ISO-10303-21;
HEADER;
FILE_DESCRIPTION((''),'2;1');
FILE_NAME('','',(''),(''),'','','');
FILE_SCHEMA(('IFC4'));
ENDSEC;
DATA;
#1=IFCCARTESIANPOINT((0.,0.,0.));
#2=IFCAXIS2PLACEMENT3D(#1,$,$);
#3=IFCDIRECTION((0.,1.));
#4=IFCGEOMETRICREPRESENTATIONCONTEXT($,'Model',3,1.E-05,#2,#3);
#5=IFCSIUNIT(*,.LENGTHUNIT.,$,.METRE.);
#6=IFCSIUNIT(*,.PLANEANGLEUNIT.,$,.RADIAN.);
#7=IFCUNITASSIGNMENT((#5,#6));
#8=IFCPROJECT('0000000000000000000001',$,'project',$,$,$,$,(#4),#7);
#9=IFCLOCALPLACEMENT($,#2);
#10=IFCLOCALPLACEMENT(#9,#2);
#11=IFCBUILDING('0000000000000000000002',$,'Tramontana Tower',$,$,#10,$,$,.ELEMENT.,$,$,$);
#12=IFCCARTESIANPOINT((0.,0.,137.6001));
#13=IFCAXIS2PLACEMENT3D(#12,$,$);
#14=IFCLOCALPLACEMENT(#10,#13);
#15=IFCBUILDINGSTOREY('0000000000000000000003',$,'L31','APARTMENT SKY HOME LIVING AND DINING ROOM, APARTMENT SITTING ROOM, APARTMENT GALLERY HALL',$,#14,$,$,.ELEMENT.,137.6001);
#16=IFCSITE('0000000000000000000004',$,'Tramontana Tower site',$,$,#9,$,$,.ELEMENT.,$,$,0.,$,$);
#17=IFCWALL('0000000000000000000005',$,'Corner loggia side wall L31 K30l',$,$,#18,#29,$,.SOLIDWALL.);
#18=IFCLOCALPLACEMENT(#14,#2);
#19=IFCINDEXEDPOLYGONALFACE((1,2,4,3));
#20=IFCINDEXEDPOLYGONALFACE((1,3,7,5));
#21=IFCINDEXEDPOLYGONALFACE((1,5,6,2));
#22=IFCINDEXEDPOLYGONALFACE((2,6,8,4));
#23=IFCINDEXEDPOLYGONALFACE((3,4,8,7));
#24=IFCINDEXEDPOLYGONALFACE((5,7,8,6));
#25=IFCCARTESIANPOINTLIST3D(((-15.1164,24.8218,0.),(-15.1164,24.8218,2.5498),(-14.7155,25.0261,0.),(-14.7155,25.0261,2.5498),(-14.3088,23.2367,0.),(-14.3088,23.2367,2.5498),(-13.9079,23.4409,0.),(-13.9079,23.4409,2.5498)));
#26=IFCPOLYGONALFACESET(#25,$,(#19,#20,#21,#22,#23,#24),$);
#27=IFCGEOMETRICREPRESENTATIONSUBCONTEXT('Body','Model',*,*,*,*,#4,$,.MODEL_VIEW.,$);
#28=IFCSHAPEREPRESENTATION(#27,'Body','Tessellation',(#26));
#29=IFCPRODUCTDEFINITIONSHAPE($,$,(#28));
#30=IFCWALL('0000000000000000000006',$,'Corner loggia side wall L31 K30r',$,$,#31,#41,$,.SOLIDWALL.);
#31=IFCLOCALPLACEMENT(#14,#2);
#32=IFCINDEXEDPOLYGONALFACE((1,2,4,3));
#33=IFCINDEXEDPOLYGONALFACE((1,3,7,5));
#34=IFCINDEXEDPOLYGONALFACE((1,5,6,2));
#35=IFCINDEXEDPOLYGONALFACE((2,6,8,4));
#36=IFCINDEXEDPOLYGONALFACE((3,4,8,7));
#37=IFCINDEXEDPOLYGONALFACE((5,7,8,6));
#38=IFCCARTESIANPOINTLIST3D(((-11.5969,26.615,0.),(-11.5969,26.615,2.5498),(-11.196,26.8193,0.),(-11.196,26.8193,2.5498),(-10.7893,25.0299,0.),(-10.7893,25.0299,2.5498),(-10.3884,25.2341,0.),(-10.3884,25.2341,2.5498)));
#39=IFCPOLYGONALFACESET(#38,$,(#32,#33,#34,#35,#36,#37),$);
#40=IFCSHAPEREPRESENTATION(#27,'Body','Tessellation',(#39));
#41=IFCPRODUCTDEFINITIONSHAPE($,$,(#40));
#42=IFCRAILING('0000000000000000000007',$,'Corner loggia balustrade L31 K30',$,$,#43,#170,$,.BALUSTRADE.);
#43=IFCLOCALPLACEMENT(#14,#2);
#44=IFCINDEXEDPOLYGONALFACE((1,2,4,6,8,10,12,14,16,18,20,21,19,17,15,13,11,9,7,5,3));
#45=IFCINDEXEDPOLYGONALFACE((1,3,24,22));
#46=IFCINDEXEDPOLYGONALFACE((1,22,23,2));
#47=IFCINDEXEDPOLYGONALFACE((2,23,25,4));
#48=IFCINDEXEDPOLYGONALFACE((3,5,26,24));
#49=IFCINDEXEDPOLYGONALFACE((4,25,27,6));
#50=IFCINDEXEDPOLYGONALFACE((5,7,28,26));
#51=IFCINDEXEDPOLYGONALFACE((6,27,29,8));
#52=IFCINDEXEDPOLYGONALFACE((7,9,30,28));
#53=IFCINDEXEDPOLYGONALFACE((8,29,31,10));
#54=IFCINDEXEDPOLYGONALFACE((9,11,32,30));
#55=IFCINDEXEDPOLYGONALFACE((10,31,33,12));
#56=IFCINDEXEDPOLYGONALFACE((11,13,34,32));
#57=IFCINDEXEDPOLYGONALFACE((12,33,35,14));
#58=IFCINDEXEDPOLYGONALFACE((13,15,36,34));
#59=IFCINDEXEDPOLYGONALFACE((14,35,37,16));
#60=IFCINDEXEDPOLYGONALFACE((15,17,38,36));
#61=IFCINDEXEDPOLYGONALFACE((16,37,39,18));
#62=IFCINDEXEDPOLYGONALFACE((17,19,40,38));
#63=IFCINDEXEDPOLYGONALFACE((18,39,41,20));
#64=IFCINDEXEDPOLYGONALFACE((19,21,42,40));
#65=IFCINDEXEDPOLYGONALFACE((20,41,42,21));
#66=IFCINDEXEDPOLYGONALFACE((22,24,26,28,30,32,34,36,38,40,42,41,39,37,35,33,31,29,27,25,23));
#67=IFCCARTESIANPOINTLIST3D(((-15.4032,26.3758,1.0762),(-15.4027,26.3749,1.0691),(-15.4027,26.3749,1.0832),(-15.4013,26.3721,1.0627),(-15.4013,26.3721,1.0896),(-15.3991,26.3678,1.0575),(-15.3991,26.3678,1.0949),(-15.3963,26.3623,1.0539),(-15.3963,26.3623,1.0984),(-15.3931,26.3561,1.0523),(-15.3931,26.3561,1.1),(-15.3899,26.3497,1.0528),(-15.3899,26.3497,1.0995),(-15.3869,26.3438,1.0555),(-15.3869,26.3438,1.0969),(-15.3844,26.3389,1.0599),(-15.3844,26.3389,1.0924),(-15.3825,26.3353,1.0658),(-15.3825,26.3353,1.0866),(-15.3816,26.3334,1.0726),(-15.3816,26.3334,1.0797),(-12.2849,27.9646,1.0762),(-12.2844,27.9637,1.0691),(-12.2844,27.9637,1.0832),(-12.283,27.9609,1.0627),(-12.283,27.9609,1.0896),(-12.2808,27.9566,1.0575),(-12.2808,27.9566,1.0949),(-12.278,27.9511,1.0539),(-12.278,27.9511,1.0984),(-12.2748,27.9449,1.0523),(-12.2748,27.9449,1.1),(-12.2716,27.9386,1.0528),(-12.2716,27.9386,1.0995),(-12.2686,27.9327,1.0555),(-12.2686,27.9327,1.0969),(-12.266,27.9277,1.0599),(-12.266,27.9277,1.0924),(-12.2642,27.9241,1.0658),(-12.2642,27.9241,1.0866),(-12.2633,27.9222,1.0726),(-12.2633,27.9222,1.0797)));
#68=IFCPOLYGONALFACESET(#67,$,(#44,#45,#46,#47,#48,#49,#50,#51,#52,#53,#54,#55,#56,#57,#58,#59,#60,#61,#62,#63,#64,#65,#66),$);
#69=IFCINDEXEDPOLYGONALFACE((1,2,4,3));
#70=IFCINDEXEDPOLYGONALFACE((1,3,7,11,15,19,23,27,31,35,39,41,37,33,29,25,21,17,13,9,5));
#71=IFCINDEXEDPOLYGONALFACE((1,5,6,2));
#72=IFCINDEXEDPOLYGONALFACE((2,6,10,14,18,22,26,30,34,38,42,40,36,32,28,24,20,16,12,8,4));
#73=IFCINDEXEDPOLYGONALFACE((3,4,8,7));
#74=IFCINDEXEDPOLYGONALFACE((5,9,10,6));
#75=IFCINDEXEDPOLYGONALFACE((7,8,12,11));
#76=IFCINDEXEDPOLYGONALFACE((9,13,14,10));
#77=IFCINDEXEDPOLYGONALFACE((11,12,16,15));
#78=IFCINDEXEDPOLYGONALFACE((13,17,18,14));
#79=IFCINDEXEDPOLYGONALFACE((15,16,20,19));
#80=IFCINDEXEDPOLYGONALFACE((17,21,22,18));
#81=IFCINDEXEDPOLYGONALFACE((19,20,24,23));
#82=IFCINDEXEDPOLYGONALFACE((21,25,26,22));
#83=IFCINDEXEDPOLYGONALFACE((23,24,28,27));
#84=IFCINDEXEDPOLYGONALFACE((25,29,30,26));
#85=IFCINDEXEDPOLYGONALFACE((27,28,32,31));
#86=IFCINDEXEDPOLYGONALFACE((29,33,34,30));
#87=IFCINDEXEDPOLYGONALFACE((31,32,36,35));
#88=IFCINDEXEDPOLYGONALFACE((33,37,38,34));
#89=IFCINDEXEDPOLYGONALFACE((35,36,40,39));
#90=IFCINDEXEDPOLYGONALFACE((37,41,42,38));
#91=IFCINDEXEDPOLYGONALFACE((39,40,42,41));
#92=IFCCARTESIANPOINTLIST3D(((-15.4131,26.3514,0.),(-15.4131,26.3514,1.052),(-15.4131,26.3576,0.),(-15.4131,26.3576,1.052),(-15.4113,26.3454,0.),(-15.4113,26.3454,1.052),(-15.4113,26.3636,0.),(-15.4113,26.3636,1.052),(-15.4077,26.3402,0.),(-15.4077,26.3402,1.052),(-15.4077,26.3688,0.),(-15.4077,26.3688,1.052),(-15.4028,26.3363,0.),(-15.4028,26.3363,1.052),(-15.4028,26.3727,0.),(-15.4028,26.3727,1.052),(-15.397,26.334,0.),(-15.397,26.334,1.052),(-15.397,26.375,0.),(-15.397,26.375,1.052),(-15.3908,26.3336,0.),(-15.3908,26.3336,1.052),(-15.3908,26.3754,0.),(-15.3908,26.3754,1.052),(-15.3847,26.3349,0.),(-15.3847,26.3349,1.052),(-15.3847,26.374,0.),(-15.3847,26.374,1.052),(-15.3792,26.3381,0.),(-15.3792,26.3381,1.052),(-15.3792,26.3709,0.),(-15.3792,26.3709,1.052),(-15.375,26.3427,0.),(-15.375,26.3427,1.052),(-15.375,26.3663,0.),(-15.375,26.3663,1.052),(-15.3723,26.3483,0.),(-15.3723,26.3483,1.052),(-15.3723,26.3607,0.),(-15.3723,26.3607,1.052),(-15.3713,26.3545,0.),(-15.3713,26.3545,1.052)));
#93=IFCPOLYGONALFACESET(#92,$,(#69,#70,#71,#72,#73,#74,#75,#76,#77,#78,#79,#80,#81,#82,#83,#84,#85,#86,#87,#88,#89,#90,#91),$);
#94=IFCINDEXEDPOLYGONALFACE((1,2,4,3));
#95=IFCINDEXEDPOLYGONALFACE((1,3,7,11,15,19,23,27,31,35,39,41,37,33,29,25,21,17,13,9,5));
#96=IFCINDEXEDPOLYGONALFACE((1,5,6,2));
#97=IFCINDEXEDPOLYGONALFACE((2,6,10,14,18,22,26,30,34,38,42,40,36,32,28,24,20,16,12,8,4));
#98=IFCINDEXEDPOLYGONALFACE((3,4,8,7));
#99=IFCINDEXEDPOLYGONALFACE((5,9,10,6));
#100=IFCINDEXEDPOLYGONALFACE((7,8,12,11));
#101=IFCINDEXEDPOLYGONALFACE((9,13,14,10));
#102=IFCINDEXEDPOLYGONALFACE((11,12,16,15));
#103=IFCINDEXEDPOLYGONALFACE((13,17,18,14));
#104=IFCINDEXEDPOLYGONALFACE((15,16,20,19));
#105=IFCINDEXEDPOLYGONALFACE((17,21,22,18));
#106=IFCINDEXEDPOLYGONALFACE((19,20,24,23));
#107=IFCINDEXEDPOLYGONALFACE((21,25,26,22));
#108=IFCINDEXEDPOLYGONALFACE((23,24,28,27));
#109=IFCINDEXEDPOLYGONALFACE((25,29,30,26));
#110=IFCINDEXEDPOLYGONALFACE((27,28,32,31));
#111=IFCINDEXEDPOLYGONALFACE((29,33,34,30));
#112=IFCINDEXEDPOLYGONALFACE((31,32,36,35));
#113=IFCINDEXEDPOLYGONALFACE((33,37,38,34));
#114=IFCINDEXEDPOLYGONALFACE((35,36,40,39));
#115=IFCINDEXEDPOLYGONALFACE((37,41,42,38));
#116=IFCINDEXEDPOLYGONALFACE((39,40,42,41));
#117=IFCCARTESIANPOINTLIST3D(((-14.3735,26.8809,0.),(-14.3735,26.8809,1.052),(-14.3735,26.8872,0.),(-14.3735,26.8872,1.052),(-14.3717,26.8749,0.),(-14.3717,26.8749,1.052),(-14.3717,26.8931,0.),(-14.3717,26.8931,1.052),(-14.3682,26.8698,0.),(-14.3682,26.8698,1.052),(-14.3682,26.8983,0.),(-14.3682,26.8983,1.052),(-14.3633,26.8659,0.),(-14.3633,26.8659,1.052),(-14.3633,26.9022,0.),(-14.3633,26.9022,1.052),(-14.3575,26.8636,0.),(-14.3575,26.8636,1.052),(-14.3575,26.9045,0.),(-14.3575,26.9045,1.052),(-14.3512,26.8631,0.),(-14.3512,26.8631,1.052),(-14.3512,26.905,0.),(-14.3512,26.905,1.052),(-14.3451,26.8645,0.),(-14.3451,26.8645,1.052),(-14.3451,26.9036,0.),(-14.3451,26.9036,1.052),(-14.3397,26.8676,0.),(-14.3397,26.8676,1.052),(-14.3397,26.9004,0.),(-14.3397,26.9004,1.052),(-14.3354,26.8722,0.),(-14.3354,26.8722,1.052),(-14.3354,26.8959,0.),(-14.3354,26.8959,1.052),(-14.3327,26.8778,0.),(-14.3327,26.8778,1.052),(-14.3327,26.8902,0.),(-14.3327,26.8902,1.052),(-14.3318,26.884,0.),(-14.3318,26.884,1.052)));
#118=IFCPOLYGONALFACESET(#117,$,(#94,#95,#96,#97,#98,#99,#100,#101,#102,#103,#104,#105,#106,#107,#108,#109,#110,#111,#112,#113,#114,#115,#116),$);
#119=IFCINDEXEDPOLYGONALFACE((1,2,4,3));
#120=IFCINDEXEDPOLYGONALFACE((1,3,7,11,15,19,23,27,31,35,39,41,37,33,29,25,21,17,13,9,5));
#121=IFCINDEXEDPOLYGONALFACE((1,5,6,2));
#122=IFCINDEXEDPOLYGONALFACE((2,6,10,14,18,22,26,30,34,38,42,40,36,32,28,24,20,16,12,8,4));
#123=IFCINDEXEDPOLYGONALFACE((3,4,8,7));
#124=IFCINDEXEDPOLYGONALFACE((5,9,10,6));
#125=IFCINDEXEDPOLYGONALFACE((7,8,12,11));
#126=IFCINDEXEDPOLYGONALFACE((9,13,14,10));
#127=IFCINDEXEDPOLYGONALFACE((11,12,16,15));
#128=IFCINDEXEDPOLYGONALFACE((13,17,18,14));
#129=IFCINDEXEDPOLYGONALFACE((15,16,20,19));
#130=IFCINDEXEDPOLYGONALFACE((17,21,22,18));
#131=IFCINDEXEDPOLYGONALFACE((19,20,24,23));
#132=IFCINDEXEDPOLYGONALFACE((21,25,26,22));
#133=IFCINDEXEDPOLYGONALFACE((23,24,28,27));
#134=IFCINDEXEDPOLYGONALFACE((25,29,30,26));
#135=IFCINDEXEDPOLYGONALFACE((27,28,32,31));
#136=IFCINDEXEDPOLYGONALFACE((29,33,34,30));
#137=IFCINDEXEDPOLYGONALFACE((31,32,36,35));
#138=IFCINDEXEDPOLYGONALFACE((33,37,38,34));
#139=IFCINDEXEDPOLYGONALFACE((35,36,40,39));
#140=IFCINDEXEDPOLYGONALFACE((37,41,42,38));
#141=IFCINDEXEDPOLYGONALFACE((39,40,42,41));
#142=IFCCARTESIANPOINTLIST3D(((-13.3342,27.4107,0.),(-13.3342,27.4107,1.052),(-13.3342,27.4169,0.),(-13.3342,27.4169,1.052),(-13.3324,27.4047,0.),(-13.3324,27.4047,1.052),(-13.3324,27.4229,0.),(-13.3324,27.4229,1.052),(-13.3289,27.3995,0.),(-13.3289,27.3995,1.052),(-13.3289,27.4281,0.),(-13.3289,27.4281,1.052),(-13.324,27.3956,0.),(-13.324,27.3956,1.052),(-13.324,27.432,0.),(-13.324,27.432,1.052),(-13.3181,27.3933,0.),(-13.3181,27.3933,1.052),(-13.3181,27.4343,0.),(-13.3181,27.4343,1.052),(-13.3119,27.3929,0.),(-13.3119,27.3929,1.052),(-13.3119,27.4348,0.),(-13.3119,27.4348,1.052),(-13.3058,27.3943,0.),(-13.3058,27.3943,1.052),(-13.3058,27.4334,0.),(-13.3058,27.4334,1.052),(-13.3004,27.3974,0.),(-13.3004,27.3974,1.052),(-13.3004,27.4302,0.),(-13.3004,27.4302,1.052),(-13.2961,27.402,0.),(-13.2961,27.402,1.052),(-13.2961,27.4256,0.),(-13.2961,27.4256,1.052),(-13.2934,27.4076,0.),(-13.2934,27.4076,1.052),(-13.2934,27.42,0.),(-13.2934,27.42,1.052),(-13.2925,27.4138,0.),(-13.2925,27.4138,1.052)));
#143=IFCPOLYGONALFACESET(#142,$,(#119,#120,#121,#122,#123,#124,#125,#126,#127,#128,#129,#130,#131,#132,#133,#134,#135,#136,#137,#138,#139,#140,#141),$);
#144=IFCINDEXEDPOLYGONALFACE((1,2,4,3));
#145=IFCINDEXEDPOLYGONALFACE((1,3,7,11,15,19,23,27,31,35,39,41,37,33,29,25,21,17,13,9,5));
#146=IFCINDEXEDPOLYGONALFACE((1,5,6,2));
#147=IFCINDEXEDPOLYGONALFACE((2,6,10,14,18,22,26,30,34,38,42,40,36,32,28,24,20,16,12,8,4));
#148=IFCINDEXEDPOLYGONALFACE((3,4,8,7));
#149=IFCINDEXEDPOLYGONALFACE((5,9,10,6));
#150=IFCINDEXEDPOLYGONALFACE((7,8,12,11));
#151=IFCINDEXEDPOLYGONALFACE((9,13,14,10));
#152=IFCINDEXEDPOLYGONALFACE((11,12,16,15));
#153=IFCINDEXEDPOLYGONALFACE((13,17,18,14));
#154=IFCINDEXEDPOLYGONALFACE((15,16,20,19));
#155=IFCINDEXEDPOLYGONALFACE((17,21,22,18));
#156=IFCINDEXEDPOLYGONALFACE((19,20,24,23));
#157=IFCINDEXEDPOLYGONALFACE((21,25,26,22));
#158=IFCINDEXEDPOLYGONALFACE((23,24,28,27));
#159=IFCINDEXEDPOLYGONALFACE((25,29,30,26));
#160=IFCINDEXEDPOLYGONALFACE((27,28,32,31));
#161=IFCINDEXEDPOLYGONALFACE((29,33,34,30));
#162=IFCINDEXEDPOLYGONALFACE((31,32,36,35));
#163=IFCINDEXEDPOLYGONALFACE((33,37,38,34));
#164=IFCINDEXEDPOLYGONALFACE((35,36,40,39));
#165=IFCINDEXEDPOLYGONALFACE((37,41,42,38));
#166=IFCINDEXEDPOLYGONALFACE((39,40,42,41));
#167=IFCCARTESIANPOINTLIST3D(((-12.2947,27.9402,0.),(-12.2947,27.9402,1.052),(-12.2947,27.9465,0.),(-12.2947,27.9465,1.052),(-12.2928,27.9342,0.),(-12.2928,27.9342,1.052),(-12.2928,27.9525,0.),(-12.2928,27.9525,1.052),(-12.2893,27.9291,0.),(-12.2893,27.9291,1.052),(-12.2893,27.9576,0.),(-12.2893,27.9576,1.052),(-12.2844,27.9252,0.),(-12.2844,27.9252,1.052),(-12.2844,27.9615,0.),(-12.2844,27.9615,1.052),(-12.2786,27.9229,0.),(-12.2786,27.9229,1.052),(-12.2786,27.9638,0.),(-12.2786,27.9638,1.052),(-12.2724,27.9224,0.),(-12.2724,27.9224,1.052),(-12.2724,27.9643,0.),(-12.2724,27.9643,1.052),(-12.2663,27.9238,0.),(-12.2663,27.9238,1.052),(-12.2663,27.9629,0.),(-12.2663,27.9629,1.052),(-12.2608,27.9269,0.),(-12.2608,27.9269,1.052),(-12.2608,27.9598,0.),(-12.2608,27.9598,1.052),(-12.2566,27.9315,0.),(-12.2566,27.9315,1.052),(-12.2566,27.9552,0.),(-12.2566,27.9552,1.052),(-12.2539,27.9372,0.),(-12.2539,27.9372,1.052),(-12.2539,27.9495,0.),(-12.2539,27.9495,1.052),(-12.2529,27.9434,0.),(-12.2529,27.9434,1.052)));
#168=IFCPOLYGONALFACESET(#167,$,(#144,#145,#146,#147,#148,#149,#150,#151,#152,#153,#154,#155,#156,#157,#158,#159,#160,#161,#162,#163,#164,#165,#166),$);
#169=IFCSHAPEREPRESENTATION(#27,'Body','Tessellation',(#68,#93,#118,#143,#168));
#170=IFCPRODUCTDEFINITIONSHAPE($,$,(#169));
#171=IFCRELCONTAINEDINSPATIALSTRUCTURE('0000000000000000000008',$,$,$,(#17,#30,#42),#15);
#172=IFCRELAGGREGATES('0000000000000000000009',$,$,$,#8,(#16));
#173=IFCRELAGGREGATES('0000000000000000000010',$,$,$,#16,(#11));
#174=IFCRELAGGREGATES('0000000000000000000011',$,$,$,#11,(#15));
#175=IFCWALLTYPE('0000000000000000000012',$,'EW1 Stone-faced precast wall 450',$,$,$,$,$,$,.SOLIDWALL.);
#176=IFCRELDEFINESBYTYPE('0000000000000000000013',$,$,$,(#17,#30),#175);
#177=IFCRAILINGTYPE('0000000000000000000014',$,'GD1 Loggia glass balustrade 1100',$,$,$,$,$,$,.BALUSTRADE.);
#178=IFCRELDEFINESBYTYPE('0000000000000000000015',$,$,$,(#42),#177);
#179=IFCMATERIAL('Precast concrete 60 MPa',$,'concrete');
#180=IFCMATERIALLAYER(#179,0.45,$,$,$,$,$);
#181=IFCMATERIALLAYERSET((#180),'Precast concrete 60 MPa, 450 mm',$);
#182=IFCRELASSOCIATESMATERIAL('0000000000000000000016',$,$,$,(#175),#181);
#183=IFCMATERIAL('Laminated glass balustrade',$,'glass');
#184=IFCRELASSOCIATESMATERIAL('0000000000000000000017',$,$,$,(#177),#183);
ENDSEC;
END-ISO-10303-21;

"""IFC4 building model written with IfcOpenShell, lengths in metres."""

from ifc_helpers import new_model, si_unit, direction, frame, frame_2d, origin, origin_2d, place, context, subcontext, project, spatial, rectangle, circle, extrude, material, layer, layer_set, type_object, element, save


model = new_model("IFC4")

# Units and contexts
model_context = context("Model", 3, precision=1e-05, world=origin(), true_north=direction((0.0, 1.0)))
body_context = subcontext(model_context, "Body", "Model", "MODEL_VIEW")
ifc_project = project(units=[si_unit("LENGTHUNIT", "METRE"), si_unit("PLANEANGLEUNIT", "RADIAN")], contexts=[model_context])

# Site, building, storey
site_placement = place(None, origin())
site = spatial("IfcSite", under=ifc_project, at=site_placement, Name="Tramontana Tower site", CompositionType="ELEMENT", RefElevation=0.0)
building_placement = place(site_placement, origin())
building = spatial("IfcBuilding", under=site, at=building_placement, Name="Tramontana Tower", CompositionType="ELEMENT")
storey_placement = place(building_placement, frame((0.0, 0.0, 137.6001)))
storey = spatial("IfcBuildingStorey", under=building, at=storey_placement, Name="L31", Description="APARTMENT SKY HOME LIVING AND DINING ROOM, APARTMENT SITTING ROOM, APARTMENT GALLERY HALL", CompositionType="ELEMENT", Elevation=137.6001)

# Shared definitions
ifc_material_1 = material(Name="Precast concrete 60 MPa", Category="concrete")
ifc_layer = layer(ifc_material_1, 0.45)
ifc_layer_set = layer_set([ifc_layer], Name="Precast concrete 60 MPa, 450 mm")
wall_type = type_object("IfcWallType", Name="EW1 Stone-faced precast wall 450", PredefinedType="SOLIDWALL", material=ifc_layer_set)

# Walls
for number, where, z_axis, x_axis, name in (
    (1, (-14.916, 24.9241, 0.0), (0.0, 0.0, 1.0), (0.453953, -0.891026, 0.0), "Corner loggia side wall L31 K30l"),
    (2, (-11.3965, 26.7173, 0.0), (0.0, 0.0, 1.0), (0.453953, -0.891026, 0.0), "Corner loggia side wall L31 K30r"),
):
    element("IfcWall", number, at=place(storey_placement, frame(where, z_axis=z_axis, x_axis=x_axis)), inside=storey, type_object=wall_type, Name=name, PredefinedType="SOLIDWALL", context=body_context, shape_type="SweptSolid", body=[
        extrude(rectangle(XDim=1.7791, YDim=0.45, at=frame_2d((0.8896, 0.0))), origin(), (0.0, 0.0, 1.0), 2.5498),
    ])

# Railing
ifc_material_2 = material(Name="Laminated glass balustrade", Category="glass")
railing_type = type_object("IfcRailingType", Name="GD1 Loggia glass balustrade 1100", PredefinedType="BALUSTRADE", material=ifc_material_2)
railing_placement = place(storey_placement, frame((-15.3923, 26.3545, 0.0)))
element("IfcRailing", 3, at=railing_placement, inside=storey, type_object=railing_type, Name="Corner loggia balustrade L31 K30", PredefinedType="BALUSTRADE", context=body_context, shape_type="SweptSolid", body=[
    extrude(circle(Radius=0.0239, at=origin_2d()), frame((0.0, 0.0, 1.0762), z_axis=(0.891011, 0.453981, 0.0), x_axis=(-0.453981, 0.891011, 0.0)), (0.0, 0.0, 1.0), 3.4998),
    extrude(circle(Radius=0.021, at=origin_2d()), origin(), (0.0, 0.0, 1.0), 1.052),
    extrude(circle(Radius=0.021, at=origin_2d()), frame((1.0396, 0.5295, 0.0)), (0.0, 0.0, 1.0), 1.052),
    extrude(circle(Radius=0.021, at=origin_2d()), frame((2.0789, 1.0593, 0.0)), (0.0, 0.0, 1.0), 1.052),
    extrude(circle(Radius=0.021, at=origin_2d()), frame((3.1184, 1.5889, 0.0)), (0.0, 0.0, 1.0), 1.052),
])

save(model, "model.ifc")
